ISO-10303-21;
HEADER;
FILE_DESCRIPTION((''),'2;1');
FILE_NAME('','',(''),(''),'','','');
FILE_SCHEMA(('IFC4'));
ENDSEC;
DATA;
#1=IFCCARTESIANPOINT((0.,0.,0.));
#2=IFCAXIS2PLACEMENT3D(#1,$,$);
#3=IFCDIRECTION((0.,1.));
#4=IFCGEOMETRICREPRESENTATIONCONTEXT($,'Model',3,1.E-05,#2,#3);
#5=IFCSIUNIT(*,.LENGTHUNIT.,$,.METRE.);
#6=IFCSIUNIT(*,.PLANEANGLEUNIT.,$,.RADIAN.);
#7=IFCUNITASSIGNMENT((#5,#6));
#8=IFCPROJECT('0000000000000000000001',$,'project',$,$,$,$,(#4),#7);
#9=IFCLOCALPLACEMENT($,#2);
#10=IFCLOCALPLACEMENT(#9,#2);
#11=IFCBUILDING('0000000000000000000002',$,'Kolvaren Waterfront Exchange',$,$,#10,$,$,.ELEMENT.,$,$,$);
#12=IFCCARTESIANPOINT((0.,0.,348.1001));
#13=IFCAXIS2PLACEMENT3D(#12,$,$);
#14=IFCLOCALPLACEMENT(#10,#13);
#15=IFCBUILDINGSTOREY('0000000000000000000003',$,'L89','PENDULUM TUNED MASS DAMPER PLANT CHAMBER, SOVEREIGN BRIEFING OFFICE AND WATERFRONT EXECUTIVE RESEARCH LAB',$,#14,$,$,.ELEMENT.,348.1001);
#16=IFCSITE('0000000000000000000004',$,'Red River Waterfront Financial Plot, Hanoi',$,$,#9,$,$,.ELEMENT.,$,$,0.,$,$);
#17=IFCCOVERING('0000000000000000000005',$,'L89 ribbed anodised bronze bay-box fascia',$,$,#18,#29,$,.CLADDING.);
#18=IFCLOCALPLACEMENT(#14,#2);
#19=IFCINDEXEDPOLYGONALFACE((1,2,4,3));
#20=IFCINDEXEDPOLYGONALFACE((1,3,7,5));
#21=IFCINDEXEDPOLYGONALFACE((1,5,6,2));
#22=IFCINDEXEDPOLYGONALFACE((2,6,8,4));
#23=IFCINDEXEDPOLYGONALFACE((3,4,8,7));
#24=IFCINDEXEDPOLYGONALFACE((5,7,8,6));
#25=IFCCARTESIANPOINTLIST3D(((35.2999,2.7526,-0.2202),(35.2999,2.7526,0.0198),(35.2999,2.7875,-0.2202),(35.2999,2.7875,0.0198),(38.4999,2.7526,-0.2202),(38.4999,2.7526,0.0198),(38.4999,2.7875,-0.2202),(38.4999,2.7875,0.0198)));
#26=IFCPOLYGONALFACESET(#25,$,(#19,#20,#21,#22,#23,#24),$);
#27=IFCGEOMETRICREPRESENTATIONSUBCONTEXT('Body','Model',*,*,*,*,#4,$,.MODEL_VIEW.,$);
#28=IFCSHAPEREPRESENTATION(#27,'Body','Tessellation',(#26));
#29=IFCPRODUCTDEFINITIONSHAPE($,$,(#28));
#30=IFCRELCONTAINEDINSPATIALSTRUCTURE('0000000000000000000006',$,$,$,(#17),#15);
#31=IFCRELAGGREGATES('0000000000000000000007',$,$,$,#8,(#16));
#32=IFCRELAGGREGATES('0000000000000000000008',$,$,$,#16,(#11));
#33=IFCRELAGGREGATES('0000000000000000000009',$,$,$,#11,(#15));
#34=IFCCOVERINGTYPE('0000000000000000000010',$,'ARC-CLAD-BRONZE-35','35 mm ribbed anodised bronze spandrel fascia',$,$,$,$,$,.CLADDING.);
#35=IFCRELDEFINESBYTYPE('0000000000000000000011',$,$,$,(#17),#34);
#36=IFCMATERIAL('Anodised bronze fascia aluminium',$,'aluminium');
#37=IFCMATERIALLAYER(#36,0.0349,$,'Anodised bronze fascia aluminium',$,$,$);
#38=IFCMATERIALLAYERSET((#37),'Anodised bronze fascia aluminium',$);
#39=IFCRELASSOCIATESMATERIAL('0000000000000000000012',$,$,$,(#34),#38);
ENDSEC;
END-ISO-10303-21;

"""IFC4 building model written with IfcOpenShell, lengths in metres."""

from ifc_helpers import new_model, si_unit, direction, frame, origin, origin_2d, place, context, subcontext, project, spatial, rectangle, extrude, material, layer, layer_set, type_object, element, save


model = new_model("IFC4")

# Units and contexts
model_context = context("Model", 3, precision=1e-05, world=origin(), true_north=direction((0.0, 1.0)))
body_context = subcontext(model_context, "Body", "Model", "MODEL_VIEW")
ifc_project = project(units=[si_unit("LENGTHUNIT", "METRE"), si_unit("PLANEANGLEUNIT", "RADIAN")], contexts=[model_context])

# Site, building, storey
site_placement = place(None, origin())
site = spatial("IfcSite", under=ifc_project, at=site_placement, Name="Red River Waterfront Financial Plot, Hanoi", CompositionType="ELEMENT", RefElevation=0.0)
building_placement = place(site_placement, origin())
building = spatial("IfcBuilding", under=site, at=building_placement, Name="Kolvaren Waterfront Exchange", CompositionType="ELEMENT")
storey_placement = place(building_placement, frame((0.0, 0.0, 348.1001)))
storey = spatial("IfcBuildingStorey", under=building, at=storey_placement, Name="L89", Description="PENDULUM TUNED MASS DAMPER PLANT CHAMBER, SOVEREIGN BRIEFING OFFICE AND WATERFRONT EXECUTIVE RESEARCH LAB", CompositionType="ELEMENT", Elevation=348.1001)

# Covering
ifc_material_1 = material(Name="Anodised bronze fascia aluminium", Category="aluminium")
ifc_layer_1 = layer(ifc_material_1, 0.0349, Name="Anodised bronze fascia aluminium")
ifc_layer_set_1 = layer_set([ifc_layer_1], Name="Anodised bronze fascia aluminium")
covering_type = type_object("IfcCoveringType", Name="ARC-CLAD-BRONZE-35", Description="35 mm ribbed anodised bronze spandrel fascia", PredefinedType="CLADDING", material=ifc_layer_set_1)
covering_placement = place(storey_placement, frame((36.8999, 2.77, -0.2202), z_axis=(0.0, 0.0, 1.0), x_axis=(1.0, 0.0, 0.0)))
element("IfcCovering", 1, at=covering_placement, inside=storey, type_object=covering_type, Name="L89 ribbed anodised bronze bay-box fascia", PredefinedType="CLADDING", context=body_context, shape_type="SweptSolid", body=[
    extrude(rectangle(XDim=3.2, YDim=0.0349, at=origin_2d()), origin(), (0.0, 0.0, 1.0), 0.24),
])

save(model, "model.ifc")
